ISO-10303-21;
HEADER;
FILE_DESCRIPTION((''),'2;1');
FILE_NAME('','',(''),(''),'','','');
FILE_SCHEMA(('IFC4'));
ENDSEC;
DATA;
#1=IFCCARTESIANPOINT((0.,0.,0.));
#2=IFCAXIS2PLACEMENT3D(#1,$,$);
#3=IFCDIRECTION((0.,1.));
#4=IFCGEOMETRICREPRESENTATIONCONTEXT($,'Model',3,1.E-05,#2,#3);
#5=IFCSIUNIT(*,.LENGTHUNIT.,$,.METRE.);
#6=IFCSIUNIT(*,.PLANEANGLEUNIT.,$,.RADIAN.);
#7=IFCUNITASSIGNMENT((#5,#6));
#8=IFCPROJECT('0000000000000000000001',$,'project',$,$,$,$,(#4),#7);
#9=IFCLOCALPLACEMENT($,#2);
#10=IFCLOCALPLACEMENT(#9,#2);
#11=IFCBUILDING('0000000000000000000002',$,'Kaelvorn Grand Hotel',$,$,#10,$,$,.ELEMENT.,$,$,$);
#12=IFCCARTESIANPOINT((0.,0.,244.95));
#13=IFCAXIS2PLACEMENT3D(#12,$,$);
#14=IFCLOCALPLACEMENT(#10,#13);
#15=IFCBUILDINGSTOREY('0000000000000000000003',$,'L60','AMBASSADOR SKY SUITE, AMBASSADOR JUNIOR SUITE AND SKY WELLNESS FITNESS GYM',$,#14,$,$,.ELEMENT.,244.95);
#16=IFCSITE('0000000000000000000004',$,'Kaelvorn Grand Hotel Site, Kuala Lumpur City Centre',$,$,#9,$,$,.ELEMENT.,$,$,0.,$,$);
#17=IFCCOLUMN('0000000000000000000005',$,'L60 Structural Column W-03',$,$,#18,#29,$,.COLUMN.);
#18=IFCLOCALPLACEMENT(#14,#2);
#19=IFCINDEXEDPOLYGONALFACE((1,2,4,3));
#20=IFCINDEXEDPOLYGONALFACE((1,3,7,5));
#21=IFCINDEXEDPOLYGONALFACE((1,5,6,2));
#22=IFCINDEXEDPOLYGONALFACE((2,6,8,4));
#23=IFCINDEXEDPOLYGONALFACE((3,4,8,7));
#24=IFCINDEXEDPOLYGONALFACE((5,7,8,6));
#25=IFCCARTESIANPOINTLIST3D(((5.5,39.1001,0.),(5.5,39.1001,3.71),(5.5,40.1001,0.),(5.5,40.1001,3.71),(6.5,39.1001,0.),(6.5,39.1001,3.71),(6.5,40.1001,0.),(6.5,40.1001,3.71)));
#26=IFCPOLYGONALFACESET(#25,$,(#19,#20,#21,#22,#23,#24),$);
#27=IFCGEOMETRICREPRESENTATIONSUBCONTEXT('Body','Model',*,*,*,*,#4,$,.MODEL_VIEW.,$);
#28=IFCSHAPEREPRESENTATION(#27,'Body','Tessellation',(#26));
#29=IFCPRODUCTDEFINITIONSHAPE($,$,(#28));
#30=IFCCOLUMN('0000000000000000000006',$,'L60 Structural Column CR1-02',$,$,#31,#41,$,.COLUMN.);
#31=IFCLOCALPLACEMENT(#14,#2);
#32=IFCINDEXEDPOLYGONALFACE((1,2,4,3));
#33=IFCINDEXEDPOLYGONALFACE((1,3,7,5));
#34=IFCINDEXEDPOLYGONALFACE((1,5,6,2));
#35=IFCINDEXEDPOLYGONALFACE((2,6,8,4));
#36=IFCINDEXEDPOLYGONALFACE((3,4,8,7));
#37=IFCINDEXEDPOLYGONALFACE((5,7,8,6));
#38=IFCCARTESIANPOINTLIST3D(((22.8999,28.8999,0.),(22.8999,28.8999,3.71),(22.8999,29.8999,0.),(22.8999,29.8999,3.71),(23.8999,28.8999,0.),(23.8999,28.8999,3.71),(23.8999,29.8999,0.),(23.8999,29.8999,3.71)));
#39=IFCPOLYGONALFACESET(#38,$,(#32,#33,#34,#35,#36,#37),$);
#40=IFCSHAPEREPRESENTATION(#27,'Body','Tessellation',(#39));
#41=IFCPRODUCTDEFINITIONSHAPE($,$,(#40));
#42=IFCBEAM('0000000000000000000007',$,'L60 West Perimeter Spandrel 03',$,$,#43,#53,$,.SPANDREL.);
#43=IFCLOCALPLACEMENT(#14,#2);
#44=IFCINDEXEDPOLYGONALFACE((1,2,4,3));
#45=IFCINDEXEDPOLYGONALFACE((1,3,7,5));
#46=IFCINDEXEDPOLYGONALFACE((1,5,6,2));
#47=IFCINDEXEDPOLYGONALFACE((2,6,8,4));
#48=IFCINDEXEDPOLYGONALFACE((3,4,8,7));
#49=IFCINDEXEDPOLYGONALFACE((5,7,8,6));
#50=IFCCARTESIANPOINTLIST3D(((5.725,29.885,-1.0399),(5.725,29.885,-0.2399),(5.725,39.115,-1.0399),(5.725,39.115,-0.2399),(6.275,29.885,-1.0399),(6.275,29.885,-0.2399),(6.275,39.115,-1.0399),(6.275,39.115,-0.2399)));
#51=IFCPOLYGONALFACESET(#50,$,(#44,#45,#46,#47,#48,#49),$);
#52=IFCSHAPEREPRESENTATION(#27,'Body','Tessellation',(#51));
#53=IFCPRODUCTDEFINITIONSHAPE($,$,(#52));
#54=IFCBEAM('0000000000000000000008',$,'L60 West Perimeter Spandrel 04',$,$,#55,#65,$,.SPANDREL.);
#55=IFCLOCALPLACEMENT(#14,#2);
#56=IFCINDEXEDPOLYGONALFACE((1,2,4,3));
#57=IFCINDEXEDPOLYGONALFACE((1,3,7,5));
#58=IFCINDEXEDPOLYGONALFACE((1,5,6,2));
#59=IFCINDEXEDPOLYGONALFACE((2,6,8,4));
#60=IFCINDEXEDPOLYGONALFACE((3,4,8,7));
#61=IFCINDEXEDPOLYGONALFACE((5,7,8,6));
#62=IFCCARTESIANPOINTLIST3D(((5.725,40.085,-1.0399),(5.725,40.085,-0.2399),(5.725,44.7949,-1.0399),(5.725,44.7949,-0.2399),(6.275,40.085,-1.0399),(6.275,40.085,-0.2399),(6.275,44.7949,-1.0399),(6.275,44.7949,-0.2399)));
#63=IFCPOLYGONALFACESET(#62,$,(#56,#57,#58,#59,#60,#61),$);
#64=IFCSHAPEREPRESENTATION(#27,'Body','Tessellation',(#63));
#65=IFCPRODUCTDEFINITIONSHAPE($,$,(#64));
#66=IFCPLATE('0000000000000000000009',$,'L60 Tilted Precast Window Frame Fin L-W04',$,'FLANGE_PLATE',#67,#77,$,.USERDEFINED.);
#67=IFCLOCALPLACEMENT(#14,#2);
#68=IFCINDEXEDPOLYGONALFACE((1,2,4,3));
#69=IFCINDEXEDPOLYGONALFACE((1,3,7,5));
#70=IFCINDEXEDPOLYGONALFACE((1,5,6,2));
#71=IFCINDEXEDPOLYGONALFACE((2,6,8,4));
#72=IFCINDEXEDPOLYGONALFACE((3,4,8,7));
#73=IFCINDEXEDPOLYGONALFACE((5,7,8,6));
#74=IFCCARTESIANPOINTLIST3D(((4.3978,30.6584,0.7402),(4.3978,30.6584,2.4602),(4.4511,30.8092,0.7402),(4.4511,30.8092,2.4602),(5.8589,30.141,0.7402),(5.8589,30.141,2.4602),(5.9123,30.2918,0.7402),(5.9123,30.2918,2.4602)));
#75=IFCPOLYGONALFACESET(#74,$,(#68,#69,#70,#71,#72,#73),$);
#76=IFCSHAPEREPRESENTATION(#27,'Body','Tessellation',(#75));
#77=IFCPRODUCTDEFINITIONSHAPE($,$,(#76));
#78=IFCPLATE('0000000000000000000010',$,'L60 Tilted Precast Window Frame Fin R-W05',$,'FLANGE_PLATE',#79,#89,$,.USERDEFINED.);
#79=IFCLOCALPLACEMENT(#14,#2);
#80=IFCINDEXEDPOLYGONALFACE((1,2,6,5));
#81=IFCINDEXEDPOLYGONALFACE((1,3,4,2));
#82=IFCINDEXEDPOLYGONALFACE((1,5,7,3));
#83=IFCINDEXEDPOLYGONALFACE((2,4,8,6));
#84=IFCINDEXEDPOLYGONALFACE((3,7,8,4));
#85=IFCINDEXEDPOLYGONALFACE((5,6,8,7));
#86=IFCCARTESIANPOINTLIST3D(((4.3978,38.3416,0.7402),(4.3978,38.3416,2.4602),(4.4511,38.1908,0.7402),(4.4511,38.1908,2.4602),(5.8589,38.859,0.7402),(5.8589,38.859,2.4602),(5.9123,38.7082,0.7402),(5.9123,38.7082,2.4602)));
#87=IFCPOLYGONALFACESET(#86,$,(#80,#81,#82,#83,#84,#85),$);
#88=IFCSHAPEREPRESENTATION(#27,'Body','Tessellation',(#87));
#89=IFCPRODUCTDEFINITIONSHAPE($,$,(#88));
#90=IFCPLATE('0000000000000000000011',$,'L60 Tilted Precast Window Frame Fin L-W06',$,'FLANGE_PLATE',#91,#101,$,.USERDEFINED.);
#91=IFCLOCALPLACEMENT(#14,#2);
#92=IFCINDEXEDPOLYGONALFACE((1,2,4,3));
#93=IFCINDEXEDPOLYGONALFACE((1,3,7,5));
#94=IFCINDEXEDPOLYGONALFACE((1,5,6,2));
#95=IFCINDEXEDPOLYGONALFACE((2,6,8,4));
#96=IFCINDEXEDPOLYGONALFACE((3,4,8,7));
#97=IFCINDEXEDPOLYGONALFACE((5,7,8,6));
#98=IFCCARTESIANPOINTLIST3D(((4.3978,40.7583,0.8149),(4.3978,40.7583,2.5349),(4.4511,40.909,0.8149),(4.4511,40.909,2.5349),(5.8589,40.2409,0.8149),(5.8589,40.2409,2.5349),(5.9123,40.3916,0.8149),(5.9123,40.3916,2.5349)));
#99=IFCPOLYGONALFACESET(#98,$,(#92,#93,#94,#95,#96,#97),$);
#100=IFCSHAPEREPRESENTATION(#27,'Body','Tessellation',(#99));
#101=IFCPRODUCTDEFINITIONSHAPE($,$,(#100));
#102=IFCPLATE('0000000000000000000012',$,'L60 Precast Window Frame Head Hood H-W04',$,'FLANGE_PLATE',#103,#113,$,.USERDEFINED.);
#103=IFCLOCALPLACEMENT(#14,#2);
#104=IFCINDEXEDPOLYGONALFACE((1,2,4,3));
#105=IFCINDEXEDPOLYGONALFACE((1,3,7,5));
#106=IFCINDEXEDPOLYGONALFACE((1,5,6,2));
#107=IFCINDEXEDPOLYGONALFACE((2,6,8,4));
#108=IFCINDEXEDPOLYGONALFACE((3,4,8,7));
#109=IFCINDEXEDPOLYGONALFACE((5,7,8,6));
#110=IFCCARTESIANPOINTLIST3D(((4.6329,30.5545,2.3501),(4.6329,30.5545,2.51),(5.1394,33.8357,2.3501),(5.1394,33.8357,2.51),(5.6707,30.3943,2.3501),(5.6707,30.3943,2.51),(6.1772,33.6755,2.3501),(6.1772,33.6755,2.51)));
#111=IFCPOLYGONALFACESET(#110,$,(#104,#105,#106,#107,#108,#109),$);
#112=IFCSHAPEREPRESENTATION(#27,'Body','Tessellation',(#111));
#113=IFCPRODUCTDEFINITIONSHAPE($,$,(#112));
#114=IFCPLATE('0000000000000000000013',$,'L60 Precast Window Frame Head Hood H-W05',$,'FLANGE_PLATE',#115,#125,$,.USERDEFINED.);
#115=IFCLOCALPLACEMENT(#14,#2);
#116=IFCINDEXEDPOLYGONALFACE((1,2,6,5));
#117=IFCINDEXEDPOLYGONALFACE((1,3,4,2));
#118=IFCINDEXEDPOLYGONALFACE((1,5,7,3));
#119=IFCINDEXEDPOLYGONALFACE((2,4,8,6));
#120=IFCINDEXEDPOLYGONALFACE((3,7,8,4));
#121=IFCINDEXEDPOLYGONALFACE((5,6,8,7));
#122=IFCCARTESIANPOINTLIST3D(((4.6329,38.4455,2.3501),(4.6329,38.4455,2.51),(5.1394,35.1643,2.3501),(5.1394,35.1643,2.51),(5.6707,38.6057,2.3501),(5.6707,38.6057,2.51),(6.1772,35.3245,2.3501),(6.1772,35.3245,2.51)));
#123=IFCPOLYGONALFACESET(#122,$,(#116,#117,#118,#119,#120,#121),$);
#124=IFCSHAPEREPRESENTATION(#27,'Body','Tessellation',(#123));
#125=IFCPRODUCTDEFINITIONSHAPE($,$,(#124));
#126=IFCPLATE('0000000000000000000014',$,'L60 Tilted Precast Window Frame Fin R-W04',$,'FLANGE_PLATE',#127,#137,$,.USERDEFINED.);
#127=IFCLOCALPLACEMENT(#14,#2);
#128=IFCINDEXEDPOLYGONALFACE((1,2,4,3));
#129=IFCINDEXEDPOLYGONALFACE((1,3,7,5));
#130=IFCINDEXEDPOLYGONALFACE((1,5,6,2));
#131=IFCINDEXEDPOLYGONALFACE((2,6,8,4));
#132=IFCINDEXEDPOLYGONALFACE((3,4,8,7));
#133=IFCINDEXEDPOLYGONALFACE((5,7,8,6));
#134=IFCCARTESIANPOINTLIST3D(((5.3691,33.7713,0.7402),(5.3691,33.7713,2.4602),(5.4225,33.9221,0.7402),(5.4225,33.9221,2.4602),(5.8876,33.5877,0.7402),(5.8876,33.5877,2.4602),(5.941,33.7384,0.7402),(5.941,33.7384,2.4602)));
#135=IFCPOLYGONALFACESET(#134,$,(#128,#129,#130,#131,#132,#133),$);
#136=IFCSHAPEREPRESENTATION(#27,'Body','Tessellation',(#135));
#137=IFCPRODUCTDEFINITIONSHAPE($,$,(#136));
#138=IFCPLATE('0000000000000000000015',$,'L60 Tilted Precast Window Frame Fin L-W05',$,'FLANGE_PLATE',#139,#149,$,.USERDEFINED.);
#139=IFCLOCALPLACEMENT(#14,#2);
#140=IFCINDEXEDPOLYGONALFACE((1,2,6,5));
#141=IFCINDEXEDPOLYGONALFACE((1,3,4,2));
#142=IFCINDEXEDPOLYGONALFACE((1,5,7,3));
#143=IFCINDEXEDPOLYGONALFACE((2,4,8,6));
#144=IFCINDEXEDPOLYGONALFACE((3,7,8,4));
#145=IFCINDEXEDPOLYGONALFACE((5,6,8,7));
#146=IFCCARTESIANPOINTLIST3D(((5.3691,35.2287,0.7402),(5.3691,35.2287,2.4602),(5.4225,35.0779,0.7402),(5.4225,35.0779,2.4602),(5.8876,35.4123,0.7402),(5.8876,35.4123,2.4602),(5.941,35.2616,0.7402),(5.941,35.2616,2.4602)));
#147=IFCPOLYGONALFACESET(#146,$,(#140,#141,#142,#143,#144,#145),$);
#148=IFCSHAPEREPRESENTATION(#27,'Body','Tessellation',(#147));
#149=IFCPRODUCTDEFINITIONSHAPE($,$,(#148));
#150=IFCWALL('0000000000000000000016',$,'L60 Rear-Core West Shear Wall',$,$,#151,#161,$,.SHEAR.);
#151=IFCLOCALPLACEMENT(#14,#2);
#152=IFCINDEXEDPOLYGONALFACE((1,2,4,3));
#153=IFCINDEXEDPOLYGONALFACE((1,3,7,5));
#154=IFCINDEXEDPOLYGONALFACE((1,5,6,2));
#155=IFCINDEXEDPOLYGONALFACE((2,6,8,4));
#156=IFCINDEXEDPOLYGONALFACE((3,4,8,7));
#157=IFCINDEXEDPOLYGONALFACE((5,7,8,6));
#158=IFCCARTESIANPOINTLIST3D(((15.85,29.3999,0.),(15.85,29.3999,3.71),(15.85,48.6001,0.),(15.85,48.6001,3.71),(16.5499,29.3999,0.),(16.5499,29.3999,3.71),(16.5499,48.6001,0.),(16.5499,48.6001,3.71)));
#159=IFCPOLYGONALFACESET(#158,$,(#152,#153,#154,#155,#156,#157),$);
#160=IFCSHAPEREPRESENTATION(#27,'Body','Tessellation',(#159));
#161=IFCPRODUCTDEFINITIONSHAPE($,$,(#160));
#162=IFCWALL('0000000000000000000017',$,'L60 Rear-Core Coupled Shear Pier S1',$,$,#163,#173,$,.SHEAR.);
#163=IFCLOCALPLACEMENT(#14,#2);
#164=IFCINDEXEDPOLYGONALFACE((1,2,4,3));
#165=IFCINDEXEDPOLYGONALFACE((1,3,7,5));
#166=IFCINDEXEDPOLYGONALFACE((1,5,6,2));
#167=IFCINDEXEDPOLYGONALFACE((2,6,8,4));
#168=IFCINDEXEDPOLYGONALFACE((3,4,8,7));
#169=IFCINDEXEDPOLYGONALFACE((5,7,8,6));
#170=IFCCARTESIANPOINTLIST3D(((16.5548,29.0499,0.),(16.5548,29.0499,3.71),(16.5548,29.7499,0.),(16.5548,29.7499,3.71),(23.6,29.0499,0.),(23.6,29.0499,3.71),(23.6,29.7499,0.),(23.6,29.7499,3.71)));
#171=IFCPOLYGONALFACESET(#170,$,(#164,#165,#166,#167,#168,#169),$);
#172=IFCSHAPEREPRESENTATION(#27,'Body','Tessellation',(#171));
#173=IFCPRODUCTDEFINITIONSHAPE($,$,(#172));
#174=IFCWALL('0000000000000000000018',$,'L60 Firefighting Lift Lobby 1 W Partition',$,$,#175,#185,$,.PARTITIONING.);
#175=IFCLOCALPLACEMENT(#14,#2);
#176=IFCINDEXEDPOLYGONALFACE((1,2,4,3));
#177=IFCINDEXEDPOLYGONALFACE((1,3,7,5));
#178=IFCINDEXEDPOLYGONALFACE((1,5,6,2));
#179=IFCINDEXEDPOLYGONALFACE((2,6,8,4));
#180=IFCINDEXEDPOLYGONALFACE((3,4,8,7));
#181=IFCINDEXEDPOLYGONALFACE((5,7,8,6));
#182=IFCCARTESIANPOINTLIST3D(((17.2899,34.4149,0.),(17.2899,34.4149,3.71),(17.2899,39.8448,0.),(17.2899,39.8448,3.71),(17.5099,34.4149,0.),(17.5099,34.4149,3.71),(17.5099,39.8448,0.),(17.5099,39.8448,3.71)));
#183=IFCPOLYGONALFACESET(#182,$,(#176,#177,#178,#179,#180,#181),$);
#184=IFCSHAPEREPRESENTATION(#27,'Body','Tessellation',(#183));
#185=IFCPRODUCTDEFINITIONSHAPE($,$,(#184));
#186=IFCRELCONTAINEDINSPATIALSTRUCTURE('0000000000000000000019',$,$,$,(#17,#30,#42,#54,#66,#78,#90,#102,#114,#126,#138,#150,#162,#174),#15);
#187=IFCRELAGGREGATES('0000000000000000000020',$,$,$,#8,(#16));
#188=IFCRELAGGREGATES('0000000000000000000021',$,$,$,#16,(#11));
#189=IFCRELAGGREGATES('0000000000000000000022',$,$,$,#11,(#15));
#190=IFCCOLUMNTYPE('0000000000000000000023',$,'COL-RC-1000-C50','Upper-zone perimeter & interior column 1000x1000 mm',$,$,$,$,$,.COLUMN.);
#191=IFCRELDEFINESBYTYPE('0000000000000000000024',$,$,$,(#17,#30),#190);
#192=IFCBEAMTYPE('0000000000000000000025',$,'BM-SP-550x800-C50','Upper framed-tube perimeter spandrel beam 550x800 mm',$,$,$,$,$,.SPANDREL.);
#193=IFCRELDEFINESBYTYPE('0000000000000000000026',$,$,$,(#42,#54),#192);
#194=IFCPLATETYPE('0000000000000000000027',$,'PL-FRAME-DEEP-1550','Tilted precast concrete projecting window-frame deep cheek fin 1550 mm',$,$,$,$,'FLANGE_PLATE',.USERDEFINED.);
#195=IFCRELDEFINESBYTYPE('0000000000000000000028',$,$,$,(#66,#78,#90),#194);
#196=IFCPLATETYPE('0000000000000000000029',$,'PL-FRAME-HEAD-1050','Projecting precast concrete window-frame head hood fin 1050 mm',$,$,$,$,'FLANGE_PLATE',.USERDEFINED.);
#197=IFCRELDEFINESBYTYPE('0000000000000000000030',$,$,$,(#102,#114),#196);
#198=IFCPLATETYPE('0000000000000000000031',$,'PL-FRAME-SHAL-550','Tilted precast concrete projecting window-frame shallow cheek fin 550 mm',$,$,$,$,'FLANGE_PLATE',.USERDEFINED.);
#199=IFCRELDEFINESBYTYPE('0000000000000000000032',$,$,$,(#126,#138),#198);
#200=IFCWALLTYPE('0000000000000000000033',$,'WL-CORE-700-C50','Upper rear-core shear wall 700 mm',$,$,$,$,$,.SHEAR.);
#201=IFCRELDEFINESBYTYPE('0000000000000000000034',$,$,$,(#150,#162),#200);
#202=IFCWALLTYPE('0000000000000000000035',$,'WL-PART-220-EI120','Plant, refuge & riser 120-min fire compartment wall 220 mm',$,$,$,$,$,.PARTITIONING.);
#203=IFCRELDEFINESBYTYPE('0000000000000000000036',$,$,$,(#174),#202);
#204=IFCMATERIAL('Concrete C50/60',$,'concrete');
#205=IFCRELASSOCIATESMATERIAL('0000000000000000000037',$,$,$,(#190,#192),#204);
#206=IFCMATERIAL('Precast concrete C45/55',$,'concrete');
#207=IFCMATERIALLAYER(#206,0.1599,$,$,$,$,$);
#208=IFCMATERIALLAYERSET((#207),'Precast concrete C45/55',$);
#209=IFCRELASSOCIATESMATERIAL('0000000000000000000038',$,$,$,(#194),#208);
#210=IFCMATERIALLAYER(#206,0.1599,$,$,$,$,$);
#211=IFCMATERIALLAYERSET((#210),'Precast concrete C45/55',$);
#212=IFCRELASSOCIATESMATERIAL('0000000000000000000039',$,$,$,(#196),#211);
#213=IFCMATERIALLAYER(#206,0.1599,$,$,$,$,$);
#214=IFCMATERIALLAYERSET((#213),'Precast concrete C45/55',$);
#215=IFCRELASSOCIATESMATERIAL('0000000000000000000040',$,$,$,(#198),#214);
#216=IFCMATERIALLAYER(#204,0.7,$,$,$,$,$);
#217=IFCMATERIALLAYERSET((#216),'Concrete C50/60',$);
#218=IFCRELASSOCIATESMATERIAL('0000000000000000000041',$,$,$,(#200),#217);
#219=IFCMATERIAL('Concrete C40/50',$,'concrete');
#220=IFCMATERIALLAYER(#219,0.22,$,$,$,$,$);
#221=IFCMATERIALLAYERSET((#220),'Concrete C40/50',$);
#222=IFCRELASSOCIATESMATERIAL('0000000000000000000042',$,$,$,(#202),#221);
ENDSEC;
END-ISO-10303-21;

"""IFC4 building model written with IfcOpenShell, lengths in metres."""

from ifc_helpers import new_model, si_unit, direction, frame, frame_2d, origin, origin_2d, place, context, subcontext, project, spatial, rectangle, extrude, material, layer, layer_set, material_profile, profile_set, type_object, element, save


model = new_model("IFC4")

# Units and contexts
model_context = context("Model", 3, precision=1e-05, world=origin(), true_north=direction((0.0, 1.0)))
body_context = subcontext(model_context, "Body", "Model", "MODEL_VIEW")
ifc_project = project(units=[si_unit("LENGTHUNIT", "METRE"), si_unit("PLANEANGLEUNIT", "RADIAN")], contexts=[model_context])

# Site, building, storey
site_placement = place(None, origin())
site = spatial("IfcSite", under=ifc_project, at=site_placement, Name="Kaelvorn Grand Hotel Site, Kuala Lumpur City Centre", CompositionType="ELEMENT", RefElevation=0.0)
building_placement = place(site_placement, origin())
building = spatial("IfcBuilding", under=site, at=building_placement, Name="Kaelvorn Grand Hotel", CompositionType="ELEMENT")
storey_placement = place(building_placement, frame((0.0, 0.0, 244.95)))
storey = spatial("IfcBuildingStorey", under=building, at=storey_placement, Name="L60", Description="AMBASSADOR SKY SUITE, AMBASSADOR JUNIOR SUITE AND SKY WELLNESS FITNESS GYM", CompositionType="ELEMENT", Elevation=244.95)

# Columns
ifc_material_1 = material(Name="Concrete C50/60", Category="concrete")
ifc_material_profile_1 = material_profile(ifc_material_1, rectangle(XDim=1.0, YDim=1.0, at=origin_2d()), Name="RC COL 1000x1000")
ifc_profile_set_1 = profile_set([ifc_material_profile_1], Name="Concrete C50/60")
column_type = type_object("IfcColumnType", Name="COL-RC-1000-C50", Description="Upper-zone perimeter & interior column 1000x1000 mm", PredefinedType="COLUMN", material=ifc_profile_set_1)
for number, where, z_axis, x_axis, name in (
    (1, (6.0, 39.6001, 0.0), (0.0, 0.0, 1.0), (1.0, 0.0, 0.0), "L60 Structural Column W-03"),
    (2, (23.3999, 29.3999, 0.0), (0.0, 0.0, 1.0), (1.0, 0.0, 0.0), "L60 Structural Column CR1-02"),
):
    element("IfcColumn", number, at=place(storey_placement, frame(where, z_axis=z_axis, x_axis=x_axis)), inside=storey, type_object=column_type, Name=name, PredefinedType="COLUMN", context=body_context, shape_type="SweptSolid", body=[
        extrude(rectangle(XDim=1.0, YDim=1.0, at=origin_2d()), origin(), (0.0, 0.0, 1.0), 3.71),
    ])

# Beams
ifc_material_profile_2 = material_profile(ifc_material_1, rectangle(XDim=0.55, YDim=0.8, at=origin_2d()), Name="RC SPANDREL 550x800")
ifc_profile_set_2 = profile_set([ifc_material_profile_2], Name="Concrete C50/60")
beam_type = type_object("IfcBeamType", Name="BM-SP-550x800-C50", Description="Upper framed-tube perimeter spandrel beam 550x800 mm", PredefinedType="SPANDREL", material=ifc_profile_set_2)
beam_1_placement = place(storey_placement, frame((6.0, 29.885, -0.6399), z_axis=(0.0, 1.0, 0.0), x_axis=(-1.0, 0.0, 0.0)))
element("IfcBeam", 3, at=beam_1_placement, inside=storey, type_object=beam_type, Name="L60 West Perimeter Spandrel 03", PredefinedType="SPANDREL", context=body_context, shape_type="SweptSolid", body=[
    extrude(rectangle(XDim=0.55, YDim=0.8, at=origin_2d()), origin(), (0.0, 0.0, 1.0), 9.23),
])
beam_2_placement = place(storey_placement, frame((6.0, 40.085, -0.6399), z_axis=(0.0, 1.0, 0.0), x_axis=(-1.0, 0.0, 0.0)))
element("IfcBeam", 4, at=beam_2_placement, inside=storey, type_object=beam_type, Name="L60 West Perimeter Spandrel 04", PredefinedType="SPANDREL", context=body_context, shape_type="SweptSolid", body=[
    extrude(rectangle(XDim=0.55, YDim=0.8, at=origin_2d()), origin(), (0.0, 0.0, 1.0), 4.71),
])

# Plates
ifc_material_2 = material(Name="Precast concrete C45/55", Category="concrete")
ifc_layer_1 = layer(ifc_material_2, 0.1599)
ifc_layer_set_1 = layer_set([ifc_layer_1], Name="Precast concrete C45/55")
plate_type_1 = type_object("IfcPlateType", Name="PL-FRAME-DEEP-1550", Description="Tilted precast concrete projecting window-frame deep cheek fin 1550 mm", ElementType="FLANGE_PLATE", PredefinedType="USERDEFINED", material=ifc_layer_set_1)
for number, where, z_axis, x_axis, name in (
    (5, (5.155, 30.4751, 0.7402), (0.0, 0.0, 1.0), (0.333807, 0.942641, 0.0), "L60 Tilted Precast Window Frame Fin L-W04"),
    (6, (5.155, 38.5249, 0.7402), (0.0, 0.0, 1.0), (-0.333807, 0.942641, 0.0), "L60 Tilted Precast Window Frame Fin R-W05"),
    (7, (5.155, 40.575, 0.8149), (0.0, 0.0, 1.0), (0.333807, 0.942641, 0.0), "L60 Tilted Precast Window Frame Fin L-W06"),
):
    element("IfcPlate", number, at=place(storey_placement, frame(where, z_axis=z_axis, x_axis=x_axis)), inside=storey, type_object=plate_type_1, Name=name, ObjectType="FLANGE_PLATE", PredefinedType="USERDEFINED", context=body_context, shape_type="SweptSolid", body=[
        extrude(rectangle(XDim=0.1599, YDim=1.55, at=origin_2d()), origin(), (0.0, 0.0, 1.0), 1.72),
    ])
ifc_layer_2 = layer(ifc_material_2, 0.1599)
ifc_layer_set_2 = layer_set([ifc_layer_2], Name="Precast concrete C45/55")
plate_type_2 = type_object("IfcPlateType", Name="PL-FRAME-HEAD-1050", Description="Projecting precast concrete window-frame head hood fin 1050 mm", ElementType="FLANGE_PLATE", PredefinedType="USERDEFINED", material=ifc_layer_set_2)
for number, where, z_axis, x_axis, name in (
    (8, (5.405, 32.115, 2.3501), (0.0, 0.0, 1.0), (0.152555, 0.988295, 0.0), "L60 Precast Window Frame Head Hood H-W04"),
    (9, (5.405, 36.885, 2.3501), (0.0, 0.0, 1.0), (-0.152555, 0.988295, 0.0), "L60 Precast Window Frame Head Hood H-W05"),
):
    element("IfcPlate", number, at=place(storey_placement, frame(where, z_axis=z_axis, x_axis=x_axis)), inside=storey, type_object=plate_type_2, Name=name, ObjectType="FLANGE_PLATE", PredefinedType="USERDEFINED", context=body_context, shape_type="SweptSolid", body=[
        extrude(rectangle(XDim=3.3201, YDim=1.05, at=origin_2d()), origin(), (0.0, 0.0, 1.0), 0.1599),
    ])
ifc_layer_3 = layer(ifc_material_2, 0.1599)
ifc_layer_set_3 = layer_set([ifc_layer_3], Name="Precast concrete C45/55")
plate_type_3 = type_object("IfcPlateType", Name="PL-FRAME-SHAL-550", Description="Tilted precast concrete projecting window-frame shallow cheek fin 550 mm", ElementType="FLANGE_PLATE", PredefinedType="USERDEFINED", material=ifc_layer_set_3)
for number, where, z_axis, x_axis, name in (
    (10, (5.655, 33.7549, 0.7402), (0.0, 0.0, 1.0), (0.333807, 0.942641, 0.0), "L60 Tilted Precast Window Frame Fin R-W04"),
    (11, (5.655, 35.2451, 0.7402), (0.0, 0.0, 1.0), (-0.333807, 0.942641, 0.0), "L60 Tilted Precast Window Frame Fin L-W05"),
):
    element("IfcPlate", number, at=place(storey_placement, frame(where, z_axis=z_axis, x_axis=x_axis)), inside=storey, type_object=plate_type_3, Name=name, ObjectType="FLANGE_PLATE", PredefinedType="USERDEFINED", context=body_context, shape_type="SweptSolid", body=[
        extrude(rectangle(XDim=0.1599, YDim=0.55, at=origin_2d()), origin(), (0.0, 0.0, 1.0), 1.72),
    ])

# Walls
ifc_layer_4 = layer(ifc_material_1, 0.7)
ifc_layer_set_4 = layer_set([ifc_layer_4], Name="Concrete C50/60")
wall_type_1 = type_object("IfcWallType", Name="WL-CORE-700-C50", Description="Upper rear-core shear wall 700 mm", PredefinedType="SHEAR", material=ifc_layer_set_4)
wall_1_placement = place(storey_placement, frame((16.2, 29.3999, 0.0), z_axis=(0.0, 0.0, 1.0), x_axis=(0.0, 1.0, 0.0)))
element("IfcWall", 12, at=wall_1_placement, inside=storey, type_object=wall_type_1, Name="L60 Rear-Core West Shear Wall", PredefinedType="SHEAR", context=body_context, shape_type="SweptSolid", body=[
    extrude(rectangle(XDim=19.2002, YDim=0.7, at=frame_2d((9.6001, 0.0))), origin(), (0.0, 0.0, 1.0), 3.71),
])
wall_2_placement = place(storey_placement, frame((16.5549, 29.3999, 0.0), z_axis=(0.0, 0.0, 1.0), x_axis=(1.0, 0.0, 0.0)))
element("IfcWall", 13, at=wall_2_placement, inside=storey, type_object=wall_type_1, Name="L60 Rear-Core Coupled Shear Pier S1", PredefinedType="SHEAR", context=body_context, shape_type="SweptSolid", body=[
    extrude(rectangle(XDim=7.0452, YDim=0.7, at=frame_2d((3.5225, 0.0))), origin(), (0.0, 0.0, 1.0), 3.71),
])

# Shared definitions
ifc_material_3 = material(Name="Concrete C40/50", Category="concrete")
ifc_layer_5 = layer(ifc_material_3, 0.22)
ifc_layer_set_5 = layer_set([ifc_layer_5], Name="Concrete C40/50")
wall_type_2 = type_object("IfcWallType", Name="WL-PART-220-EI120", Description="Plant, refuge & riser 120-min fire compartment wall 220 mm", PredefinedType="PARTITIONING", material=ifc_layer_set_5)

# Wall
wall_3_placement = place(storey_placement, frame((17.3999, 34.415, 0.0), z_axis=(0.0, 0.0, 1.0), x_axis=(0.0, 1.0, 0.0)))
element("IfcWall", 14, at=wall_3_placement, inside=storey, type_object=wall_type_2, Name="L60 Firefighting Lift Lobby 1 W Partition", PredefinedType="PARTITIONING", context=body_context, shape_type="SweptSolid", body=[
    extrude(rectangle(XDim=5.4299, YDim=0.22, at=frame_2d((2.7148, 0.0))), origin(), (0.0, 0.0, 1.0), 3.71),
])

save(model, "model.ifc")
